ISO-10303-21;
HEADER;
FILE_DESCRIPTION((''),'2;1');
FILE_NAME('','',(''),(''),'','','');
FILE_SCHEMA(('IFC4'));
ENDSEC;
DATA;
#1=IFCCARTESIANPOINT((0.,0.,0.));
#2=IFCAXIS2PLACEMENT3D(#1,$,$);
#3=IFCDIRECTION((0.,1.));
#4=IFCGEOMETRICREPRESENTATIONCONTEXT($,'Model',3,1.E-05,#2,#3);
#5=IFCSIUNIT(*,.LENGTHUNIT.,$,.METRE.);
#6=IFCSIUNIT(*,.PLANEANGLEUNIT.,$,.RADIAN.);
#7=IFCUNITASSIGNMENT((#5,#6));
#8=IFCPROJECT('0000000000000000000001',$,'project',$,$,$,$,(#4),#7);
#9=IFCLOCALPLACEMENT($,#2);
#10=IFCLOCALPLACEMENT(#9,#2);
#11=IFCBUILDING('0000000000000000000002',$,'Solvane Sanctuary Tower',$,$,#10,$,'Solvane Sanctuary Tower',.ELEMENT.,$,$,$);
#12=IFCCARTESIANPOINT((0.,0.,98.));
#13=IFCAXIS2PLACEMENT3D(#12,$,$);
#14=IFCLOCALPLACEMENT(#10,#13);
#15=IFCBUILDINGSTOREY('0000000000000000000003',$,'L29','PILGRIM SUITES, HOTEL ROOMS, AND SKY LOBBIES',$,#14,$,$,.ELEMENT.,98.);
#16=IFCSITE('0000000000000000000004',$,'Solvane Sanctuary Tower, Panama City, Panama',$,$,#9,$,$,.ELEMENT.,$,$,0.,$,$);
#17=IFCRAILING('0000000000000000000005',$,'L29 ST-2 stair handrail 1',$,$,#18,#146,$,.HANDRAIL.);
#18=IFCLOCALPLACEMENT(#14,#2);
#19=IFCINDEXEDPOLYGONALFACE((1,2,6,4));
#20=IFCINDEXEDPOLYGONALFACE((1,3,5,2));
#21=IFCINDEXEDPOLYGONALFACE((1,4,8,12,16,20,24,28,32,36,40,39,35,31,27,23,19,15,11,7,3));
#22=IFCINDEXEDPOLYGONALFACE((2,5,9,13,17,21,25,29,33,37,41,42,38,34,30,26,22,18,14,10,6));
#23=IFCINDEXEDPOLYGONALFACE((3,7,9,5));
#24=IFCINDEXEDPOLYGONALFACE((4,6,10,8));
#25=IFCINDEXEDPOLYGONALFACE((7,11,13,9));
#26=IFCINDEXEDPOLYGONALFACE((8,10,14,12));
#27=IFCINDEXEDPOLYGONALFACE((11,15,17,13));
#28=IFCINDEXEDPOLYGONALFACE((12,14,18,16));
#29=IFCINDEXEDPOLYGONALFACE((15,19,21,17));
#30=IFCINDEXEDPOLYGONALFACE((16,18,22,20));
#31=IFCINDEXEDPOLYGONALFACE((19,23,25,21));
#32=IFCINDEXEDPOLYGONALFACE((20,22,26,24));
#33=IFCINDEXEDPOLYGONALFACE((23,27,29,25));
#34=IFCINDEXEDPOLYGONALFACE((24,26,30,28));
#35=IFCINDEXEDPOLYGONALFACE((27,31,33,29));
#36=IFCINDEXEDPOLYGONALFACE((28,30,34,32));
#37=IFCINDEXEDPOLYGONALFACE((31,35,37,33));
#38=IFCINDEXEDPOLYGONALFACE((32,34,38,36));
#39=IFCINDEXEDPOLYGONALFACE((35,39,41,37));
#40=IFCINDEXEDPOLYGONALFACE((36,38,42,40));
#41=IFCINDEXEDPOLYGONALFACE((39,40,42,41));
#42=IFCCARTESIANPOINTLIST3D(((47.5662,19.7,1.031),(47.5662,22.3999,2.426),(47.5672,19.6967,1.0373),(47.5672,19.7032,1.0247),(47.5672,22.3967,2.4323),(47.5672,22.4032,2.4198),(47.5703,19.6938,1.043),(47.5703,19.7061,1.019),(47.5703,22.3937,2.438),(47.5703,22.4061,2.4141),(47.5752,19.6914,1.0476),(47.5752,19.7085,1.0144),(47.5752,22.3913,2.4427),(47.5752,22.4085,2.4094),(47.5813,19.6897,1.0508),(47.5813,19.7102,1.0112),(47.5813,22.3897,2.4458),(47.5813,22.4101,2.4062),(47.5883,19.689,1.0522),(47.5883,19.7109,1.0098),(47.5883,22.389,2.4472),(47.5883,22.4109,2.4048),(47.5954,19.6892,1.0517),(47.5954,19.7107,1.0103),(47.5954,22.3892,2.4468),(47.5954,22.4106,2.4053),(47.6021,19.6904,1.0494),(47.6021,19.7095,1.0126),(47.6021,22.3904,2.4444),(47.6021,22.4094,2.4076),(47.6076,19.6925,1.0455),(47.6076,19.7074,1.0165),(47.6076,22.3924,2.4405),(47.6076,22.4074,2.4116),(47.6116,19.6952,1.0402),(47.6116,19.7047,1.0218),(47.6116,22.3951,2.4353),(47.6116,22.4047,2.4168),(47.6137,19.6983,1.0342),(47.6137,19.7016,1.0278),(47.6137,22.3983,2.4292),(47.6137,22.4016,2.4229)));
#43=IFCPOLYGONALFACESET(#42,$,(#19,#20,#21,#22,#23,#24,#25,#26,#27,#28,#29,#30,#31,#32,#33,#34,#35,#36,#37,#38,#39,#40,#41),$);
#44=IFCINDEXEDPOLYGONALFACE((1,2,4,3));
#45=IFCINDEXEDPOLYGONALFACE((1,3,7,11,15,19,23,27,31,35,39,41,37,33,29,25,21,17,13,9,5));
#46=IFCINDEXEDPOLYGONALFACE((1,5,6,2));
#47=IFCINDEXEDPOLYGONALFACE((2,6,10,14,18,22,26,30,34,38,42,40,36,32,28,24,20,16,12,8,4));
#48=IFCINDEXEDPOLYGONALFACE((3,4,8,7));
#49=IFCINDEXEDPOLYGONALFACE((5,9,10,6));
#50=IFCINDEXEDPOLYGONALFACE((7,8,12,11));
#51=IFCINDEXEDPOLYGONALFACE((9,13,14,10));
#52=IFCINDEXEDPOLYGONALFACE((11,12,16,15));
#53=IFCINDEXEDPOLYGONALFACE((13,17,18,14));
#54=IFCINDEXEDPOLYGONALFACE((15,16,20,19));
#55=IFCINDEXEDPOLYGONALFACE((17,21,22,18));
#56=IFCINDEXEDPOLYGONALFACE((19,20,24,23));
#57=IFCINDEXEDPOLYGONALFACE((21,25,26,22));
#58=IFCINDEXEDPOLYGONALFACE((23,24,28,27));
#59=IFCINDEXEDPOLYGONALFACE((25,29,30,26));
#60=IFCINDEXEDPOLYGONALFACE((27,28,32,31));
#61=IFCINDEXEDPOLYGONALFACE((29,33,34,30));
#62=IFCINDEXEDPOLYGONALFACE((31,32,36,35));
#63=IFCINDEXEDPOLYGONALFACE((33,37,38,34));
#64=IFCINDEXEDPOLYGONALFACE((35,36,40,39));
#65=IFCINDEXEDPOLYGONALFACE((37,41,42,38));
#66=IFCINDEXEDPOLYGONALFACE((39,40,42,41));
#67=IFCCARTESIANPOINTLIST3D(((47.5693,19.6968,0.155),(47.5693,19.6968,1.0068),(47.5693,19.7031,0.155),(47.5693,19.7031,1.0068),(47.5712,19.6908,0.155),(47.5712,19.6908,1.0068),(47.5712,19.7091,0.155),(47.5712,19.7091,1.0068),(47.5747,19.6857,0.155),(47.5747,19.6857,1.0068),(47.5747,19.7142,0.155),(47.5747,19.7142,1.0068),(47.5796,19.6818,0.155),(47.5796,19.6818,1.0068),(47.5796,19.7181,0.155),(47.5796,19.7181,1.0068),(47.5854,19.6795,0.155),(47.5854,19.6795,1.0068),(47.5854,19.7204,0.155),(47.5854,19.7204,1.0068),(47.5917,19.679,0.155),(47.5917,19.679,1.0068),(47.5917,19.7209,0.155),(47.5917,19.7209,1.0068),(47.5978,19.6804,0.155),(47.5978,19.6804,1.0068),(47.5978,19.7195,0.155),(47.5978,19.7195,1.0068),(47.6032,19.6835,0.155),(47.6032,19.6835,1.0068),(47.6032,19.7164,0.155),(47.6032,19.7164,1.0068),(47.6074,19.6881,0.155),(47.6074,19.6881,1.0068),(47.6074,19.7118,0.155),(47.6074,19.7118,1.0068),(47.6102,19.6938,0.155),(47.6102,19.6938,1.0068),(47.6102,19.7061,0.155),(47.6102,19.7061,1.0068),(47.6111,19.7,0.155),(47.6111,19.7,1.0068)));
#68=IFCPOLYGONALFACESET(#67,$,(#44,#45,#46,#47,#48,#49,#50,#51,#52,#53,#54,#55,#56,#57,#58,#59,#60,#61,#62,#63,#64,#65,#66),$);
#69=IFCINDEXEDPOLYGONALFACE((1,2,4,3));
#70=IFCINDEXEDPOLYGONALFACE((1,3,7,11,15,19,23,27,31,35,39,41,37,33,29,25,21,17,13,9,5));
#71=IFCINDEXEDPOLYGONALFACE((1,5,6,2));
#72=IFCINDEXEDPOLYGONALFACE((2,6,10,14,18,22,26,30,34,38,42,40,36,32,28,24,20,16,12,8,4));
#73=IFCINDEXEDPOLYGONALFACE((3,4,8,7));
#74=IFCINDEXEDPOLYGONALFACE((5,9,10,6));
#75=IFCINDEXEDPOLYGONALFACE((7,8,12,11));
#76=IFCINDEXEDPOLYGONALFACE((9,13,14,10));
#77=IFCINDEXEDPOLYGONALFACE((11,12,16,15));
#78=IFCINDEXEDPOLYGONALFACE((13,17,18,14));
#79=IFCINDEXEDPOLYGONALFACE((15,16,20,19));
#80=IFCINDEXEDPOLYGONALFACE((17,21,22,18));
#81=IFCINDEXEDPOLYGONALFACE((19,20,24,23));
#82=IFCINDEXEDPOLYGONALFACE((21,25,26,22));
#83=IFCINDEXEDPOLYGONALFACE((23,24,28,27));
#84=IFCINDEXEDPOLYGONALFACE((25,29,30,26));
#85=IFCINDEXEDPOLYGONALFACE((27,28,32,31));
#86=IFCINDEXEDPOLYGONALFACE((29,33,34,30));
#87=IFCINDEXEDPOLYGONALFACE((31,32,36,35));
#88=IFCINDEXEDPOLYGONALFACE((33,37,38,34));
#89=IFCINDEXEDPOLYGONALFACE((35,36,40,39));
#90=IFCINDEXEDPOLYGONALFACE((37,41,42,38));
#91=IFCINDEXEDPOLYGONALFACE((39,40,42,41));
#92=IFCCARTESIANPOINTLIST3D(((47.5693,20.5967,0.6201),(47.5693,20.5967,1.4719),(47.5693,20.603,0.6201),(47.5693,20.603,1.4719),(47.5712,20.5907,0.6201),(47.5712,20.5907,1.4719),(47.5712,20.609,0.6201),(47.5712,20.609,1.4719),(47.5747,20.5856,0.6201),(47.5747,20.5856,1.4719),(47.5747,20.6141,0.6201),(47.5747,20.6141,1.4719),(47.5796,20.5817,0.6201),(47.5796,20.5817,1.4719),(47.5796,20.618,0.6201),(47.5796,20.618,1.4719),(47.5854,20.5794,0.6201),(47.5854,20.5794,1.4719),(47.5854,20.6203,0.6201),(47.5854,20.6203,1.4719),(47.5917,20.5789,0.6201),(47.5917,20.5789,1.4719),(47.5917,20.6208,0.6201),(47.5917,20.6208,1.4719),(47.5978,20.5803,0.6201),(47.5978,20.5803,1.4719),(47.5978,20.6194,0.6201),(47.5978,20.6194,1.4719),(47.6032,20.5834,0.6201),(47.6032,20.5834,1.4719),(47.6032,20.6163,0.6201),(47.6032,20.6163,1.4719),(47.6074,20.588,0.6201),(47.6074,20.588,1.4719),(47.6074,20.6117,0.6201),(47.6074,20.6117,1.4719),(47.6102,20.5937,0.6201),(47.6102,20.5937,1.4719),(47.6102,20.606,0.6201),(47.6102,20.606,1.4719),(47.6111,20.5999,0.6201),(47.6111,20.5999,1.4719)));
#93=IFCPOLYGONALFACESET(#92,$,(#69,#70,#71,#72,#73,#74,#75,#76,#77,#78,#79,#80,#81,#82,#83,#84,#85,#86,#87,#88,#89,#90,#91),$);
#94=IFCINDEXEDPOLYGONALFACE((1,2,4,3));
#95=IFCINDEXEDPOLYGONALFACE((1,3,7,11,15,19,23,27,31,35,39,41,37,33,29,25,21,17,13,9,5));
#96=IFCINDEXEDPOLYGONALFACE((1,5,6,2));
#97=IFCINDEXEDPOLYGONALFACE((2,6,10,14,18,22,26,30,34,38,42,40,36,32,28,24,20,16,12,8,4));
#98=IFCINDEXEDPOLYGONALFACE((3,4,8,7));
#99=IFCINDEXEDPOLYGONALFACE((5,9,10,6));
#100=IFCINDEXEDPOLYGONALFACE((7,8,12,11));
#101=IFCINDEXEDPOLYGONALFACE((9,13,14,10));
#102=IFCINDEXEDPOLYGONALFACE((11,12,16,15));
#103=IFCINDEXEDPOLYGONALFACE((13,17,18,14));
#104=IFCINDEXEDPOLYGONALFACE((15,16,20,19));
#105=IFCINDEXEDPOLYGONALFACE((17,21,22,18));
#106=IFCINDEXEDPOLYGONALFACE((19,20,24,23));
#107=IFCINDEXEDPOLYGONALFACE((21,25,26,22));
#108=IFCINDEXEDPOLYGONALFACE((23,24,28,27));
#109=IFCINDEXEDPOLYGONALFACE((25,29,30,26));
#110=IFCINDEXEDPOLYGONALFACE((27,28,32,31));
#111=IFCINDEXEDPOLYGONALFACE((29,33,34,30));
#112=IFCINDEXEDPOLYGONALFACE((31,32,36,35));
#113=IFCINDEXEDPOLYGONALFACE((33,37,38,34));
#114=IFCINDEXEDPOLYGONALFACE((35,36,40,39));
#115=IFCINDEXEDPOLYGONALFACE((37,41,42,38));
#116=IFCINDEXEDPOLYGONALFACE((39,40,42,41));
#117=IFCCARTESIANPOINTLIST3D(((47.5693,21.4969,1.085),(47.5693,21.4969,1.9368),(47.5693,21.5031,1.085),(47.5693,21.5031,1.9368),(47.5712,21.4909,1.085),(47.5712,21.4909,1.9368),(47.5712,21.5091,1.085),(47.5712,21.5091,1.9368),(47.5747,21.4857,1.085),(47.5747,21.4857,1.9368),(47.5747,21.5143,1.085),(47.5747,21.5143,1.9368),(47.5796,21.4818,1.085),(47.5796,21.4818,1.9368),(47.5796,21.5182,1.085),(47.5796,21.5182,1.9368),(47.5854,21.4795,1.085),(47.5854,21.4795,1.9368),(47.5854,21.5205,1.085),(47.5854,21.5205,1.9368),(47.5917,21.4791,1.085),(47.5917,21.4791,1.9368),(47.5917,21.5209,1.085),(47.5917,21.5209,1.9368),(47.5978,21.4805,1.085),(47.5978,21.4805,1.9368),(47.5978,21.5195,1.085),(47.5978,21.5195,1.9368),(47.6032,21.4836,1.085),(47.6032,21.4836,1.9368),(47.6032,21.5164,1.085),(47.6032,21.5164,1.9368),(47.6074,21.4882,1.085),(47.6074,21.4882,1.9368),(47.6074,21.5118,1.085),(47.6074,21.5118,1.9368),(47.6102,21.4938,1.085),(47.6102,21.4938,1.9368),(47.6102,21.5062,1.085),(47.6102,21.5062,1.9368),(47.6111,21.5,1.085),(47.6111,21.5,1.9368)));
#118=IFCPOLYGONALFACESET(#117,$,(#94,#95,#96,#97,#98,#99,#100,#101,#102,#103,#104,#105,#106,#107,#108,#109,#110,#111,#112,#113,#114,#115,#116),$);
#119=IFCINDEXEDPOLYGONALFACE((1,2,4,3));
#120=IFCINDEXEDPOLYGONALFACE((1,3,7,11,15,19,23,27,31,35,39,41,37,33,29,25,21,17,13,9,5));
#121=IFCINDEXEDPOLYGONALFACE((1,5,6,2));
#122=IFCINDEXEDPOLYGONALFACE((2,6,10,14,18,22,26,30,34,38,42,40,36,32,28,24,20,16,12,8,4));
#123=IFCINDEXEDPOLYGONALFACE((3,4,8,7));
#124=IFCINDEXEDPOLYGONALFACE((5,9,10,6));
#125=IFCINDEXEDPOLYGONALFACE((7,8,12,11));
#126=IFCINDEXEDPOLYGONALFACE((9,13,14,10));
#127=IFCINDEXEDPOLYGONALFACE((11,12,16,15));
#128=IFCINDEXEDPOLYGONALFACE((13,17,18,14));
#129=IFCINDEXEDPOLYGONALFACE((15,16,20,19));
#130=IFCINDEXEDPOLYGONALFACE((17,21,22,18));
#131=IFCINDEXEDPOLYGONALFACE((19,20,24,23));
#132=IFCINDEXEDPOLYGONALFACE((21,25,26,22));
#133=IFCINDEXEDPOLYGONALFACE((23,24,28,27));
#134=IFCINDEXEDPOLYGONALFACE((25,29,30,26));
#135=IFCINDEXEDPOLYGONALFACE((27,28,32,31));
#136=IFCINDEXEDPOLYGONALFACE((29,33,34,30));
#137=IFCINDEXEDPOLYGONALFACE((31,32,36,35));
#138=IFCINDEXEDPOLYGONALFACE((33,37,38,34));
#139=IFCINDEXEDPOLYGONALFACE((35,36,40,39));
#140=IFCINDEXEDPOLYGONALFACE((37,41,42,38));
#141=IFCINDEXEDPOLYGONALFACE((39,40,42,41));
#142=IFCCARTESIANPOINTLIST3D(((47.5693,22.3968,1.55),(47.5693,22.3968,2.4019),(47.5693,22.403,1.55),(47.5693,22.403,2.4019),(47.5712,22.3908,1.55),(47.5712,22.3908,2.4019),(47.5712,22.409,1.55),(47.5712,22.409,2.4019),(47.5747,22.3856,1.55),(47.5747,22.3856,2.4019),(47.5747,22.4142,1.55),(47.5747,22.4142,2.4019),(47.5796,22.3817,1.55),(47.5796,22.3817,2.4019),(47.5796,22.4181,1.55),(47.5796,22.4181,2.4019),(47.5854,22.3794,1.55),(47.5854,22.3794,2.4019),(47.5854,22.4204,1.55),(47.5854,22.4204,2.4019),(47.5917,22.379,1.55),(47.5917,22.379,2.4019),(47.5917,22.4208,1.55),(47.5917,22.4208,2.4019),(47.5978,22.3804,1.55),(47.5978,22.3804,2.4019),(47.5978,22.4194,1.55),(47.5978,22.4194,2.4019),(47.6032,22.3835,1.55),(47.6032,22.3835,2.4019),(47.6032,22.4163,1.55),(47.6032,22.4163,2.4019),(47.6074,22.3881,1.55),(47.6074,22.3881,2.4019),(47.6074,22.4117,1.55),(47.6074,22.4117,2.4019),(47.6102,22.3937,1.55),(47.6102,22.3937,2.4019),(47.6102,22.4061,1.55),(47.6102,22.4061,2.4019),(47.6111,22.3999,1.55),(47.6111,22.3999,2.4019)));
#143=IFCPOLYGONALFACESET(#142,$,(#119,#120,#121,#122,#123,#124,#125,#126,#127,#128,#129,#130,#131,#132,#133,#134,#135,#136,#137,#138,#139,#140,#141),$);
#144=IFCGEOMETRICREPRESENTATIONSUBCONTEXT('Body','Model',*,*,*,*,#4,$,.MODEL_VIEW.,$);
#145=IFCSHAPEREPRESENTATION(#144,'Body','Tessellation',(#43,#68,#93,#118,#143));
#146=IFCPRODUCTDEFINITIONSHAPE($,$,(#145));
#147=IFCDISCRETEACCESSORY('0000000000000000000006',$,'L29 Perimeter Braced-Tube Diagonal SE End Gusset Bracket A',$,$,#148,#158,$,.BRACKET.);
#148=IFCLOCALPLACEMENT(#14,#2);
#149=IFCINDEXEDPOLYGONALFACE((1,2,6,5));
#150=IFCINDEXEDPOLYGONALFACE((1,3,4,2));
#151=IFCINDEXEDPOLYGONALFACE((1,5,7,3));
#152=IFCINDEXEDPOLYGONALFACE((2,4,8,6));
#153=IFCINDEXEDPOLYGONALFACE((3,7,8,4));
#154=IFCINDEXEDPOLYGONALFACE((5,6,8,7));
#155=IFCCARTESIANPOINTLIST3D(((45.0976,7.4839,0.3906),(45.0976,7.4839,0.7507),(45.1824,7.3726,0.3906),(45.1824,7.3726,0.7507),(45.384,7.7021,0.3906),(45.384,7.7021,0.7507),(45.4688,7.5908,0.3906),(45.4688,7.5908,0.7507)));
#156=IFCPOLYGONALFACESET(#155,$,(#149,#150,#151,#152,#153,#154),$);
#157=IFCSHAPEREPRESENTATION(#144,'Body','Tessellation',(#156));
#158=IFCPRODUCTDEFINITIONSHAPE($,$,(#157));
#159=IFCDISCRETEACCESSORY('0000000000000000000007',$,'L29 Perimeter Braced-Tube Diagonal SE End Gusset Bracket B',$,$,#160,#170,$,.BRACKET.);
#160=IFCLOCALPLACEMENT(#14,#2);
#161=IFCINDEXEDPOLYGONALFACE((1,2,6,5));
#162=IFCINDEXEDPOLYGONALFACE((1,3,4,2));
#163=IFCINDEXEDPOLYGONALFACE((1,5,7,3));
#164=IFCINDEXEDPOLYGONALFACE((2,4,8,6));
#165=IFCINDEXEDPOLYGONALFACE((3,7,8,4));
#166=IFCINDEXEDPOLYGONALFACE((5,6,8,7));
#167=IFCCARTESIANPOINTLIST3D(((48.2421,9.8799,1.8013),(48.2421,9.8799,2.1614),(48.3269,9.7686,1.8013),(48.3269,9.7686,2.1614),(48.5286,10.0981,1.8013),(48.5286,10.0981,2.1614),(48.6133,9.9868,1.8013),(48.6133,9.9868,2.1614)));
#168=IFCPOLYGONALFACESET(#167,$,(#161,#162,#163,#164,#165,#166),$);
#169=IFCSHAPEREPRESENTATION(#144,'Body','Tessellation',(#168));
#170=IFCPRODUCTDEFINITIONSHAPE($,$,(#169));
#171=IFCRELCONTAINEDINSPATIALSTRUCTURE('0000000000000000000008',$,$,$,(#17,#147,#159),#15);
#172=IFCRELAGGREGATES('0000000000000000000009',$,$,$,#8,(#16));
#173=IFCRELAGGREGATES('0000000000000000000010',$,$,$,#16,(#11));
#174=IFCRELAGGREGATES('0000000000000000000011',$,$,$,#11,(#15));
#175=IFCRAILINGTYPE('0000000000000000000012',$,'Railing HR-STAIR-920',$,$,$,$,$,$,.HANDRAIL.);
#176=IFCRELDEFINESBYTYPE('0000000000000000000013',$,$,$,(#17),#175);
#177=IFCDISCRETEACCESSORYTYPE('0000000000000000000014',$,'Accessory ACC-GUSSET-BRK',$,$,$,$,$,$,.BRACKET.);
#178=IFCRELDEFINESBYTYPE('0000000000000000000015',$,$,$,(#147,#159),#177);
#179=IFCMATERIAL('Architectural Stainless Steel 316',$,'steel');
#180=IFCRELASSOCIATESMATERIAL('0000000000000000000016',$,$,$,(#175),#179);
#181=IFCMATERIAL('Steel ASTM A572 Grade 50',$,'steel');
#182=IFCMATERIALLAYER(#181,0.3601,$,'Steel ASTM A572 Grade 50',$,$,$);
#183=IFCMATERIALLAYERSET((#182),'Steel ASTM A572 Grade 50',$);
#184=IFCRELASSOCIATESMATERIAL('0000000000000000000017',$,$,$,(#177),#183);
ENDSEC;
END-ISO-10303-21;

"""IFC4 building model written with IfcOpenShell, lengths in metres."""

from ifc_helpers import new_model, si_unit, direction, frame, origin, origin_2d, place, context, subcontext, project, spatial, rectangle, circle, extrude, material, layer, layer_set, type_object, element, save


model = new_model("IFC4")

# Units and contexts
model_context = context("Model", 3, precision=1e-05, world=origin(), true_north=direction((0.0, 1.0)))
body_context = subcontext(model_context, "Body", "Model", "MODEL_VIEW")
ifc_project = project(units=[si_unit("LENGTHUNIT", "METRE"), si_unit("PLANEANGLEUNIT", "RADIAN")], contexts=[model_context])

# Site, building, storey
site_placement = place(None, origin())
site = spatial("IfcSite", under=ifc_project, at=site_placement, Name="Solvane Sanctuary Tower, Panama City, Panama", CompositionType="ELEMENT", RefElevation=0.0)
building_placement = place(site_placement, origin())
building = spatial("IfcBuilding", under=site, at=building_placement, Name="Solvane Sanctuary Tower", LongName="Solvane Sanctuary Tower", CompositionType="ELEMENT")
storey_placement = place(building_placement, frame((0.0, 0.0, 98.0)))
storey = spatial("IfcBuildingStorey", under=building, at=storey_placement, Name="L29", Description="PILGRIM SUITES, HOTEL ROOMS, AND SKY LOBBIES", CompositionType="ELEMENT", Elevation=98.0)

# Shared definitions
ifc_material_1 = material(Name="Architectural Stainless Steel 316", Category="steel")

# Railing
railing_type_1 = type_object("IfcRailingType", Name="Railing HR-STAIR-920", PredefinedType="HANDRAIL", material=ifc_material_1)
railing_1_placement = place(storey_placement, frame((47.5901, 19.7, 0.155)))
element("IfcRailing", 1, at=railing_1_placement, inside=storey, type_object=railing_type_1, Name="L29 ST-2 stair handrail 1", PredefinedType="HANDRAIL", context=body_context, shape_type="SweptSolid", body=[
    extrude(circle(Radius=0.0239, at=origin_2d()), frame((0.0, 0.0, 0.876), z_axis=(0.0, 0.88842, 0.459032), x_axis=(-1.0, 0.0, 0.0)), (0.0, 0.0, 1.0), 3.0391),
    extrude(circle(Radius=0.021, at=origin_2d()), origin(), (0.0, 0.0, 1.0), 0.8518),
    extrude(circle(Radius=0.021, at=origin_2d()), frame((0.0, 0.8999, 0.4651)), (0.0, 0.0, 1.0), 0.8518),
    extrude(circle(Radius=0.021, at=origin_2d()), frame((0.0, 1.8, 0.9299)), (0.0, 0.0, 1.0), 0.8518),
    extrude(circle(Radius=0.021, at=origin_2d()), frame((0.0, 2.7, 1.395)), (0.0, 0.0, 1.0), 0.8518),
])

# Discrete accessories
ifc_material_2 = material(Name="Steel ASTM A572 Grade 50", Category="steel")
ifc_layer_1 = layer(ifc_material_2, 0.3601, Name="Steel ASTM A572 Grade 50")
ifc_layer_set_1 = layer_set([ifc_layer_1], Name="Steel ASTM A572 Grade 50")
discrete_accessory_type = type_object("IfcDiscreteAccessoryType", Name="Accessory ACC-GUSSET-BRK", PredefinedType="BRACKET", material=ifc_layer_set_1)
for number, where, z_axis, x_axis, name in (
    (2, (45.2832, 7.5374, 0.3906), (0.0, 0.0, 1.0), (0.795473, 0.605988, 0.0), "L29 Perimeter Braced-Tube Diagonal SE End Gusset Bracket A"),
    (3, (48.4277, 9.9333, 1.8013), (0.0, 0.0, 1.0), (0.795473, 0.605988, 0.0), "L29 Perimeter Braced-Tube Diagonal SE End Gusset Bracket B"),
):
    element("IfcDiscreteAccessory", number, at=place(storey_placement, frame(where, z_axis=z_axis, x_axis=x_axis)), inside=storey, type_object=discrete_accessory_type, Name=name, PredefinedType="BRACKET", context=body_context, shape_type="SweptSolid", body=[
        extrude(rectangle(XDim=0.3601, YDim=0.1399, at=origin_2d()), origin(), (0.0, 0.0, 1.0), 0.3601),
    ])

save(model, "model.ifc")
